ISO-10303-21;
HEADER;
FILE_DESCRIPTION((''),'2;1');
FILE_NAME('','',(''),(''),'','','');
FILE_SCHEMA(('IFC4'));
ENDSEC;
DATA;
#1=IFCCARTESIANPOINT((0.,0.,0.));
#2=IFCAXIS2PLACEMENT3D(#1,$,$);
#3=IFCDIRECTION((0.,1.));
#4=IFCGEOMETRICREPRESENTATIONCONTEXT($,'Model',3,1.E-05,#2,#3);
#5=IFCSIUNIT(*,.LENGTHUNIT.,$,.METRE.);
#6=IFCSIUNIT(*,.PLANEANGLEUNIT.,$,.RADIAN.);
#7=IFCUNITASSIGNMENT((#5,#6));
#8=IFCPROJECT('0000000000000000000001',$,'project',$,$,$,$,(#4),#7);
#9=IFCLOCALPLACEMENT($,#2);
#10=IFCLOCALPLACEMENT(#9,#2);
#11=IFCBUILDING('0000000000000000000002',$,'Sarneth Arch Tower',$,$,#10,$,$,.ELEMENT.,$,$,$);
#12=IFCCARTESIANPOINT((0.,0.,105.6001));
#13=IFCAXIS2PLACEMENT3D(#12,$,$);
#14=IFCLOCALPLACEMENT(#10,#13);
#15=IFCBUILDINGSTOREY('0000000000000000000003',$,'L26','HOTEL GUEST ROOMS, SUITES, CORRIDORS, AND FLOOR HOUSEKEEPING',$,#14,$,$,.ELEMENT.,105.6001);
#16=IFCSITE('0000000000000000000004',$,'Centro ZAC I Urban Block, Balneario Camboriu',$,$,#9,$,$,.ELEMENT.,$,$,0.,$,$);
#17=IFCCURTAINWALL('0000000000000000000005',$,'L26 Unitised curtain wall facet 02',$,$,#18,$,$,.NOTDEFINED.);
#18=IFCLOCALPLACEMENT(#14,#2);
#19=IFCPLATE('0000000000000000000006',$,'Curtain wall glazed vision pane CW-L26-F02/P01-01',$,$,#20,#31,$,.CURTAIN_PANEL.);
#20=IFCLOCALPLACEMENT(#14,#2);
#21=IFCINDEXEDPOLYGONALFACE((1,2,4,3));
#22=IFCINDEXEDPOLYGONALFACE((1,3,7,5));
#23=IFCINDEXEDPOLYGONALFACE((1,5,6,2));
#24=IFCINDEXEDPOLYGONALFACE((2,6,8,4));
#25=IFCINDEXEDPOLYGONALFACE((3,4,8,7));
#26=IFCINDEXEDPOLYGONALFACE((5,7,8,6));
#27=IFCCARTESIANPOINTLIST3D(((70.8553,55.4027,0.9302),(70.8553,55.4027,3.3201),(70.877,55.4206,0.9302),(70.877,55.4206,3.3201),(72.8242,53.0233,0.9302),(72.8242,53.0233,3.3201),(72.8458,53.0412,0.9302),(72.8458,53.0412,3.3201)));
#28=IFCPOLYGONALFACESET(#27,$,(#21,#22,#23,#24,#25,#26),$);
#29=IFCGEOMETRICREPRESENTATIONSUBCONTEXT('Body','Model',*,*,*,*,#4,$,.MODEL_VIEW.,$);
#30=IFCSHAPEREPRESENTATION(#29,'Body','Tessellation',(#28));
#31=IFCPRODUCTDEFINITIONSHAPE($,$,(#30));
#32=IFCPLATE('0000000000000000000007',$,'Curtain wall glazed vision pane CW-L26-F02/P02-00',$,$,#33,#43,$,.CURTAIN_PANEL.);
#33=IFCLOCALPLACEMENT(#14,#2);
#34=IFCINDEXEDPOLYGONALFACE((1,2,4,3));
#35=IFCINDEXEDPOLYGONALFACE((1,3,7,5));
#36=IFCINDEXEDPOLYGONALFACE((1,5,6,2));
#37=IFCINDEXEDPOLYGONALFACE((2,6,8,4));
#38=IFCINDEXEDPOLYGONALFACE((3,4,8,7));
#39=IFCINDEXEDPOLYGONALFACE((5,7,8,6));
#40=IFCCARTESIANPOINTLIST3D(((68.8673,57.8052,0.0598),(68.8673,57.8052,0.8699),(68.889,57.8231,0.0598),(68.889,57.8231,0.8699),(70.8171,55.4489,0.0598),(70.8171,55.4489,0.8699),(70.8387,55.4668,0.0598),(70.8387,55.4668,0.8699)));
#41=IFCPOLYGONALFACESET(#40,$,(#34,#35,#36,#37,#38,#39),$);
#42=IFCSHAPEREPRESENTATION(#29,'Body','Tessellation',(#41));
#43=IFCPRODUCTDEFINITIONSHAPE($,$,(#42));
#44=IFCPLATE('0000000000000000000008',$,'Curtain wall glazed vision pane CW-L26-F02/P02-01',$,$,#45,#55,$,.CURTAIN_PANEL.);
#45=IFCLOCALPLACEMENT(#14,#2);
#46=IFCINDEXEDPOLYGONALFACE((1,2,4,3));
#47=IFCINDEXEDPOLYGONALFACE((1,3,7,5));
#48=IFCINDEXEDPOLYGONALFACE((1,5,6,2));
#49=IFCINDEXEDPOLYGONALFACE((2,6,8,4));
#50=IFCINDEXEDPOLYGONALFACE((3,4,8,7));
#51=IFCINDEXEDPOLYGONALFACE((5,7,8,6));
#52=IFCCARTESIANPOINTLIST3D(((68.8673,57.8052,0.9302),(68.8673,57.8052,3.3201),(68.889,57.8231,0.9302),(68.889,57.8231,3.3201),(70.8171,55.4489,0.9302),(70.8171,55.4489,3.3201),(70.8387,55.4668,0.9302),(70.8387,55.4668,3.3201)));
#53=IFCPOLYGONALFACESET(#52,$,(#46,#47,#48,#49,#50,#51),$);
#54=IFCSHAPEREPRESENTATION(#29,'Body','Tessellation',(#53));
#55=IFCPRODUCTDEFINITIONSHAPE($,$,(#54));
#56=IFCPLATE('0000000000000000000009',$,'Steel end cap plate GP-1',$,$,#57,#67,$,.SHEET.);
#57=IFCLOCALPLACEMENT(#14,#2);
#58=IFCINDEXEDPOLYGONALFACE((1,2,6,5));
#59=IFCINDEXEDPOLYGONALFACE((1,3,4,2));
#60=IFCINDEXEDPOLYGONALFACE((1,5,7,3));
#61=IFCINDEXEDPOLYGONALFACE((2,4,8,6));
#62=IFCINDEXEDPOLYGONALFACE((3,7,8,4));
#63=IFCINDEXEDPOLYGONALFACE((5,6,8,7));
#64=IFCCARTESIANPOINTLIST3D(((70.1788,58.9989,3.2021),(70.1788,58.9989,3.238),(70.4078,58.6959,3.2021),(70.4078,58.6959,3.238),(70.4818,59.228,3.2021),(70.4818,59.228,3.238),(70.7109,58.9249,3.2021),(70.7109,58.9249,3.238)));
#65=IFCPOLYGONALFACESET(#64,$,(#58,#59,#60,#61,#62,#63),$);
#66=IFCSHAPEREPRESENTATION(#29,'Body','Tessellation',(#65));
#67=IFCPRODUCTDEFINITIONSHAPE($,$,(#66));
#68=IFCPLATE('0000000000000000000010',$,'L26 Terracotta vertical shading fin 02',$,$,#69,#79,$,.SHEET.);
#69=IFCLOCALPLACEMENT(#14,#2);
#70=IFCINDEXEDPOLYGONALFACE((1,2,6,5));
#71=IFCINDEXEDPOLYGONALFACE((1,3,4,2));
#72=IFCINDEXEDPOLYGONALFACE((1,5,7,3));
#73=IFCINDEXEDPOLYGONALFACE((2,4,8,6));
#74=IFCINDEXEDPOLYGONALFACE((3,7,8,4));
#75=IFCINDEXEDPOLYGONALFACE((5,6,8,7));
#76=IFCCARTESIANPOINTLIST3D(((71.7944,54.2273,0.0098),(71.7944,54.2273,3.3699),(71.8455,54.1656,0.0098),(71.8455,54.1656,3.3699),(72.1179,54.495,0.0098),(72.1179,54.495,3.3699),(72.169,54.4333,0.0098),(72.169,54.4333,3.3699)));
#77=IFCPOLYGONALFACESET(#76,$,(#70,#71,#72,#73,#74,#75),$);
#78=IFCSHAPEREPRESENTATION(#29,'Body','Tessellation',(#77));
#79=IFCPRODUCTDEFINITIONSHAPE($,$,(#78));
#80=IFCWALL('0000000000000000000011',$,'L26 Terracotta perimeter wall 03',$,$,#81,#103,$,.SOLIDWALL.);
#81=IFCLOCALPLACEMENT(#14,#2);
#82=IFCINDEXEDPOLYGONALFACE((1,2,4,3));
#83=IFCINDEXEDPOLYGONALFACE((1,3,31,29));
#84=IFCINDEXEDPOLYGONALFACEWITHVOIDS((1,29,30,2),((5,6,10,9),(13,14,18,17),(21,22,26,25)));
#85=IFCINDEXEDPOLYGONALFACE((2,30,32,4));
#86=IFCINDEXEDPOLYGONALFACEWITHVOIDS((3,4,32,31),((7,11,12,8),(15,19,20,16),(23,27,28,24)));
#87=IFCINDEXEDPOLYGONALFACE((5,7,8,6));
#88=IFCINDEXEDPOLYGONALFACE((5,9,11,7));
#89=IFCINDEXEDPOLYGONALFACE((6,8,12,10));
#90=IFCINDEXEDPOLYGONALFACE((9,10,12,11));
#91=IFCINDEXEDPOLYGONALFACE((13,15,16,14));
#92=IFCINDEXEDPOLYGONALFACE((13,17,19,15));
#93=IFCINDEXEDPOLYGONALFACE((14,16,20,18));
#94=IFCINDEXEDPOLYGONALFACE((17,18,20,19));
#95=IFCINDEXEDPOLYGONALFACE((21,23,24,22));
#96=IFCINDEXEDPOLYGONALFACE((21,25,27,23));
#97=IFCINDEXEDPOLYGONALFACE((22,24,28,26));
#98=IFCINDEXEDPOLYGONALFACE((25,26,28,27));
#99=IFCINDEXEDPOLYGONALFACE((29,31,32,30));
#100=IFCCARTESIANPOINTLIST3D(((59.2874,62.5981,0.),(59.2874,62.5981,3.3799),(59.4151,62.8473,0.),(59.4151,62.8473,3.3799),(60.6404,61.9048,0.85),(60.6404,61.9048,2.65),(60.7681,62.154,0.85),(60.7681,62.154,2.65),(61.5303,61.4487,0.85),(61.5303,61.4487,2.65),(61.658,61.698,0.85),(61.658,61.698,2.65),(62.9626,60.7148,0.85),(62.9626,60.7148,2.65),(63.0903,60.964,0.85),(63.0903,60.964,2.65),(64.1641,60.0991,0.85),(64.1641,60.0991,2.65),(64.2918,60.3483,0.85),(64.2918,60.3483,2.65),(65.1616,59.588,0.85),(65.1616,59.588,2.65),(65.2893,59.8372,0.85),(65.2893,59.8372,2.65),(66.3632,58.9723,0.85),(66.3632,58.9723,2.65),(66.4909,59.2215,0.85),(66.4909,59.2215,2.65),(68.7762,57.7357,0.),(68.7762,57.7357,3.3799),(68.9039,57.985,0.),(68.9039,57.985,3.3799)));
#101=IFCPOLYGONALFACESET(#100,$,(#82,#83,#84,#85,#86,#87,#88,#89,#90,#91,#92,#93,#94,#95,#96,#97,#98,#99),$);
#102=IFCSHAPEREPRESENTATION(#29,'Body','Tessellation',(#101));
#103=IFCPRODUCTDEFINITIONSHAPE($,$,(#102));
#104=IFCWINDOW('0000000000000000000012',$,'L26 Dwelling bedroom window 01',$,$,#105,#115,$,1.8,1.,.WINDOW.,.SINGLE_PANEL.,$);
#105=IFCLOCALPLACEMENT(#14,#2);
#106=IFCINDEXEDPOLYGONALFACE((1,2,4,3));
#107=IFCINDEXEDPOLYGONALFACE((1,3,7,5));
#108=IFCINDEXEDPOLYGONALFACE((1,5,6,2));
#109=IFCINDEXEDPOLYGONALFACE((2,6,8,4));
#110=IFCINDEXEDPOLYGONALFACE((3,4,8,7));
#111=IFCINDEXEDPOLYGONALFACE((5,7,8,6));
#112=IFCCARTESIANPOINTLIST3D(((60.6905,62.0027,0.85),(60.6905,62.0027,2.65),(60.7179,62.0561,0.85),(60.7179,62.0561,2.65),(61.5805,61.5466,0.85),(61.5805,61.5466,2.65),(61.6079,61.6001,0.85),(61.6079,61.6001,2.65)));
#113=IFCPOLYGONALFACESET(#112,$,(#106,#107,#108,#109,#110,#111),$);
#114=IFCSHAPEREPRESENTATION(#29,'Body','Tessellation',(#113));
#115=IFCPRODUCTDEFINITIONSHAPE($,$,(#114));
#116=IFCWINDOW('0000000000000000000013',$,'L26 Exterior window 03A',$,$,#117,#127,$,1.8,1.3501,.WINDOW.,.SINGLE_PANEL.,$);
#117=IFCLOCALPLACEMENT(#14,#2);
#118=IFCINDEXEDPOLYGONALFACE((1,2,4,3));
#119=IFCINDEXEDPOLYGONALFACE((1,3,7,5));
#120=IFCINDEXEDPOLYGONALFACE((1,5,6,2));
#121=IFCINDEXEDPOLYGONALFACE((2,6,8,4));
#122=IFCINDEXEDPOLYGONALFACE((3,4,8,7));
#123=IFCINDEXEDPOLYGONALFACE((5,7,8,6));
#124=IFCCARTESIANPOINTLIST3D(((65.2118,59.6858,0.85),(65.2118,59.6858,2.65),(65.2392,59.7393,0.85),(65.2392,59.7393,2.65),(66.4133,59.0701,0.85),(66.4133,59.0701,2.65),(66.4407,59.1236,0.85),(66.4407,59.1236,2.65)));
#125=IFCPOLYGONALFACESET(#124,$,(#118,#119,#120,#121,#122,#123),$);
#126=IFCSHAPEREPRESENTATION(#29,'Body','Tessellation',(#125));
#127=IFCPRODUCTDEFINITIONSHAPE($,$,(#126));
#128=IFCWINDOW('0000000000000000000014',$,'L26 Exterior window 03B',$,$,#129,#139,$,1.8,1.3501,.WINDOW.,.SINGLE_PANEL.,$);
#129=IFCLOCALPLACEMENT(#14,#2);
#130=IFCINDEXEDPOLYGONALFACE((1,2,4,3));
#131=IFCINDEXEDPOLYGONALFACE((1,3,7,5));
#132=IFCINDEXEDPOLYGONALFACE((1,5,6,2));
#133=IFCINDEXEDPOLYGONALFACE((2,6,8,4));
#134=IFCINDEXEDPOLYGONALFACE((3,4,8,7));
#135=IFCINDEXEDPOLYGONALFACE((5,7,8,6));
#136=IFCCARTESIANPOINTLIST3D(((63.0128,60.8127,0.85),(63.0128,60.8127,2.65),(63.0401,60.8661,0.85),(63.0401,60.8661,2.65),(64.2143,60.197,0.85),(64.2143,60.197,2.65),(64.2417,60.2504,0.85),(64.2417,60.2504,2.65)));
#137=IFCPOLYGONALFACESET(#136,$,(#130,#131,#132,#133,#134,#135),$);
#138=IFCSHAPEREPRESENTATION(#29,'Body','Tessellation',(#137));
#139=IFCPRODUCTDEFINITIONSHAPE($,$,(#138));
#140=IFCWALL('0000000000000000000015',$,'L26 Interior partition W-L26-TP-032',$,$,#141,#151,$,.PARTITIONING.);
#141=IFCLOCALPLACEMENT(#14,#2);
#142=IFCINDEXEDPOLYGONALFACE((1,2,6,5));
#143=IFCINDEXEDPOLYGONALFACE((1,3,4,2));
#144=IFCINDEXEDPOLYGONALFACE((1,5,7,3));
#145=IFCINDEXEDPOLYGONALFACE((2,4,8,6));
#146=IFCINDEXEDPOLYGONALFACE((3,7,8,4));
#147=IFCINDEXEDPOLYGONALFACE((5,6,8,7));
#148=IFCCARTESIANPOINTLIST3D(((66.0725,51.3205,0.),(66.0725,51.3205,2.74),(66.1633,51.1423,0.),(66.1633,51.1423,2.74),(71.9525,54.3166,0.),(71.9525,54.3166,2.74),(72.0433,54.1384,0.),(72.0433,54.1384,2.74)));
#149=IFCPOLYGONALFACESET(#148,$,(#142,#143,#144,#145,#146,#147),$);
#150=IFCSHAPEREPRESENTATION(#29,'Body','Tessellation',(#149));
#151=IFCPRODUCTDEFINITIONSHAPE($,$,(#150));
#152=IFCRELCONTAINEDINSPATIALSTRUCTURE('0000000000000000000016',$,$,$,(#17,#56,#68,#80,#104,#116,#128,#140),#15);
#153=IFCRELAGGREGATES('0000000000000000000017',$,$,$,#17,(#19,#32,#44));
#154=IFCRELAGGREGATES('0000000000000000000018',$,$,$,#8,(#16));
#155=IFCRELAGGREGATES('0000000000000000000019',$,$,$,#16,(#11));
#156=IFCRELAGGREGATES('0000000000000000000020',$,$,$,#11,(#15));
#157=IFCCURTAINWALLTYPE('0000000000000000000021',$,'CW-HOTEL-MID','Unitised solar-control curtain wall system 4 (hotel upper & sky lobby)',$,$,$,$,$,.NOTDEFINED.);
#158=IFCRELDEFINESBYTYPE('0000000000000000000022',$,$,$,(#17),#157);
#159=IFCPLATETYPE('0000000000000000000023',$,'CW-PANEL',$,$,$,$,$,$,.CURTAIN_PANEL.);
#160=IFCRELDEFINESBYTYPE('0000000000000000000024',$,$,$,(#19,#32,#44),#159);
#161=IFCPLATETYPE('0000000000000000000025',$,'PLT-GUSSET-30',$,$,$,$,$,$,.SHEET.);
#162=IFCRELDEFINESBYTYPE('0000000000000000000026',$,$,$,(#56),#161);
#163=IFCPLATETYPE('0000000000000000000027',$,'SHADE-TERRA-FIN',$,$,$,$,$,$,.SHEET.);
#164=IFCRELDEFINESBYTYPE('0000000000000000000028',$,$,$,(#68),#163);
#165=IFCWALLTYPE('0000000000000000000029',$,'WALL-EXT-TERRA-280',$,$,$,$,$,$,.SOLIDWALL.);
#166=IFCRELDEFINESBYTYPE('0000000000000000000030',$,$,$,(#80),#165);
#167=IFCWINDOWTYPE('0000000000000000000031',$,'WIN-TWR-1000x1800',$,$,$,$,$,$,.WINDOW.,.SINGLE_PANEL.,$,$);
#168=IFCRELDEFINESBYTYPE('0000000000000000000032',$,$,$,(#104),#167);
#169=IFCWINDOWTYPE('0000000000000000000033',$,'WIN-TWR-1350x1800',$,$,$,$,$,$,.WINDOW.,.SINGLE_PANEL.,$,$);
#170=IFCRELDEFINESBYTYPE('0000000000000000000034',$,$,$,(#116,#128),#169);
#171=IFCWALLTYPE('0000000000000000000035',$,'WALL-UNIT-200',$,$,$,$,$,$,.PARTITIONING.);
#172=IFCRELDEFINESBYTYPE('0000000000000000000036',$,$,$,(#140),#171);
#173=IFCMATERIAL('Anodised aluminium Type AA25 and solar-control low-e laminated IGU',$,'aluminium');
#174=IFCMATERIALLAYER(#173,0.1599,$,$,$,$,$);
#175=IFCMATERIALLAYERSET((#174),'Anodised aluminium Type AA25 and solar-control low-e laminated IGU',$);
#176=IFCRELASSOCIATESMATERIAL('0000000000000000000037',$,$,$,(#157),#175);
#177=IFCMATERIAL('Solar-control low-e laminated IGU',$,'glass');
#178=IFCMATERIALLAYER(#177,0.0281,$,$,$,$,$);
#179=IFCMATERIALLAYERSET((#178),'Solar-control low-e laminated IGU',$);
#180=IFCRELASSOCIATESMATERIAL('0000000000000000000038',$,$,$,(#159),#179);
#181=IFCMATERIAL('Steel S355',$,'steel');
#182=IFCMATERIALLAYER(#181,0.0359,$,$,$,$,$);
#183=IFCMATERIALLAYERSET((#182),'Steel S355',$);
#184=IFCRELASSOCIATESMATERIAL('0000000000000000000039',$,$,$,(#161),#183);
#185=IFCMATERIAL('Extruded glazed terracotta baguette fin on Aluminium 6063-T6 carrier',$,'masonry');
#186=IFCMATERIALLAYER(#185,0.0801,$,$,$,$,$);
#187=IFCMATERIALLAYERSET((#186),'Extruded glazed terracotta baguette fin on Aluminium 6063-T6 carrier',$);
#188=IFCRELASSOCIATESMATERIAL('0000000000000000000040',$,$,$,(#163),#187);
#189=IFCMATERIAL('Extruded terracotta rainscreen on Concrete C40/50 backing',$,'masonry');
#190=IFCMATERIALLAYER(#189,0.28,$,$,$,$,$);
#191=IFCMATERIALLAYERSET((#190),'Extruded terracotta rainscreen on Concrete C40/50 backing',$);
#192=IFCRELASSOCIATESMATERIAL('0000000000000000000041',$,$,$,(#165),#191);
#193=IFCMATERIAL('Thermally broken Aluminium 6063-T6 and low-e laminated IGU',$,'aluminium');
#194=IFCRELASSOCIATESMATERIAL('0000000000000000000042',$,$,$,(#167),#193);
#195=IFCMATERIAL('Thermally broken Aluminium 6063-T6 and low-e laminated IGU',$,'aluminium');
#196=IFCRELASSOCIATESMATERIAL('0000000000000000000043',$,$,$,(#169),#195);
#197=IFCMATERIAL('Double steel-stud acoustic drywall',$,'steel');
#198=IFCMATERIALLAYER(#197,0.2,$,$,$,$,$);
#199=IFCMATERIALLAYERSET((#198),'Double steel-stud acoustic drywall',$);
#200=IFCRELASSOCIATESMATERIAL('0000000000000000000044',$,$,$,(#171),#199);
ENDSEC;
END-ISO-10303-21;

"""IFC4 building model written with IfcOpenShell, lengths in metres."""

from ifc_helpers import new_model, si_unit, direction, frame, frame_2d, origin, origin_2d, place, context, subcontext, project, spatial, rectangle, extrude, material, layer, layer_set, type_object, element, fill, aggregate, save


model = new_model("IFC4")

# Units and contexts
model_context = context("Model", 3, precision=1e-05, world=origin(), true_north=direction((0.0, 1.0)))
body_context = subcontext(model_context, "Body", "Model", "MODEL_VIEW")
ifc_project = project(units=[si_unit("LENGTHUNIT", "METRE"), si_unit("PLANEANGLEUNIT", "RADIAN")], contexts=[model_context])

# Site, building, storey
site_placement = place(None, origin())
site = spatial("IfcSite", under=ifc_project, at=site_placement, Name="Centro ZAC I Urban Block, Balneario Camboriu", CompositionType="ELEMENT", RefElevation=0.0)
building_placement = place(site_placement, origin())
building = spatial("IfcBuilding", under=site, at=building_placement, Name="Sarneth Arch Tower", CompositionType="ELEMENT")
storey_placement = place(building_placement, frame((0.0, 0.0, 105.6001)))
storey = spatial("IfcBuildingStorey", under=building, at=storey_placement, Name="L26", Description="HOTEL GUEST ROOMS, SUITES, CORRIDORS, AND FLOOR HOUSEKEEPING", CompositionType="ELEMENT", Elevation=105.6001)

# Curtain wall
ifc_material_1 = material(Name="Anodised aluminium Type AA25 and solar-control low-e laminated IGU", Category="aluminium")
ifc_layer_1 = layer(ifc_material_1, 0.1599)
ifc_layer_set_1 = layer_set([ifc_layer_1], Name="Anodised aluminium Type AA25 and solar-control low-e laminated IGU")
curtain_wall_type = type_object("IfcCurtainWallType", Name="CW-HOTEL-MID", Description="Unitised solar-control curtain wall system 4 (hotel upper & sky lobby)", PredefinedType="NOTDEFINED", material=ifc_layer_set_1)
curtain_wall_placement = place(storey_placement, origin())
curtain_wall = element("IfcCurtainWall", 1, at=curtain_wall_placement, inside=storey, type_object=curtain_wall_type, Name="L26 Unitised curtain wall facet 02", PredefinedType="NOTDEFINED")

# Plates
ifc_material_2 = material(Name="Solar-control low-e laminated IGU", Category="glass")
ifc_layer_2 = layer(ifc_material_2, 0.0281)
ifc_layer_set_2 = layer_set([ifc_layer_2], Name="Solar-control low-e laminated IGU")
plate_type_1 = type_object("IfcPlateType", Name="CW-PANEL", PredefinedType="CURTAIN_PANEL", material=ifc_layer_set_2)
plate_1_placement = place(storey_placement, frame((71.8506, 54.2219, 0.9302), z_axis=(0.0, 0.0, 1.0), x_axis=(-0.637515, 0.770438, 0.0)))
plate_1 = element("IfcPlate", 2, at=plate_1_placement, type_object=plate_type_1, Name="Curtain wall glazed vision pane CW-L26-F02/P01-01", PredefinedType="CURTAIN_PANEL", context=body_context, shape_type="SweptSolid", body=[
    extrude(rectangle(XDim=3.0884, YDim=0.0281, at=origin_2d()), origin(), (0.0, 0.0, 1.0), 2.3899),
])
plate_2_placement = place(storey_placement, frame((69.853, 56.636, 0.0598), z_axis=(0.0, 0.0, 1.0), x_axis=(-0.637515, 0.770438, 0.0)))
plate_2 = element("IfcPlate", 3, at=plate_2_placement, type_object=plate_type_1, Name="Curtain wall glazed vision pane CW-L26-F02/P02-00", PredefinedType="CURTAIN_PANEL", context=body_context, shape_type="SweptSolid", body=[
    extrude(rectangle(XDim=3.0583, YDim=0.0281, at=origin_2d()), origin(), (0.0, 0.0, 1.0), 0.8101),
])
plate_3_placement = place(storey_placement, frame((69.853, 56.636, 0.9302), z_axis=(0.0, 0.0, 1.0), x_axis=(-0.637515, 0.770438, 0.0)))
plate_3 = element("IfcPlate", 4, at=plate_3_placement, type_object=plate_type_1, Name="Curtain wall glazed vision pane CW-L26-F02/P02-01", PredefinedType="CURTAIN_PANEL", context=body_context, shape_type="SweptSolid", body=[
    extrude(rectangle(XDim=3.0583, YDim=0.0281, at=origin_2d()), origin(), (0.0, 0.0, 1.0), 2.3899),
])
aggregate(curtain_wall, [plate_1, plate_2, plate_3])

# Plates
ifc_material_3 = material(Name="Steel S355", Category="steel")
ifc_layer_3 = layer(ifc_material_3, 0.0359)
ifc_layer_set_3 = layer_set([ifc_layer_3], Name="Steel S355")
plate_type_2 = type_object("IfcPlateType", Name="PLT-GUSSET-30", PredefinedType="SHEET", material=ifc_layer_set_3)
plate_4_placement = place(storey_placement, frame((70.4448, 58.9619, 3.2021), z_axis=(0.0, 0.0, 1.0), x_axis=(0.797794, 0.60293, 0.0)))
element("IfcPlate", 5, at=plate_4_placement, inside=storey, type_object=plate_type_2, Name="Steel end cap plate GP-1", PredefinedType="SHEET", context=body_context, shape_type="SweptSolid", body=[
    extrude(rectangle(XDim=0.3799, YDim=0.3799, at=origin_2d()), origin(), (0.0, 0.0, 1.0), 0.0359),
])
ifc_material_4 = material(Name="Extruded glazed terracotta baguette fin on Aluminium 6063-T6 carrier", Category="masonry")
ifc_layer_4 = layer(ifc_material_4, 0.0801)
ifc_layer_set_4 = layer_set([ifc_layer_4], Name="Extruded glazed terracotta baguette fin on Aluminium 6063-T6 carrier")
plate_type_3 = type_object("IfcPlateType", Name="SHADE-TERRA-FIN", PredefinedType="SHEET", material=ifc_layer_set_4)
plate_5_placement = place(storey_placement, frame((71.9817, 54.3303, 0.0098), z_axis=(0.0, 0.0, 1.0), x_axis=(0.770402, 0.637558, 0.0)))
element("IfcPlate", 6, at=plate_5_placement, inside=storey, type_object=plate_type_3, Name="L26 Terracotta vertical shading fin 02", PredefinedType="SHEET", context=body_context, shape_type="SweptSolid", body=[
    extrude(rectangle(XDim=0.4199, YDim=0.0801, at=origin_2d()), origin(), (0.0, 0.0, 1.0), 3.3601),
])

# Wall, openings, windows
ifc_material_5 = material(Name="Extruded terracotta rainscreen on Concrete C40/50 backing", Category="masonry")
ifc_layer_5 = layer(ifc_material_5, 0.28)
ifc_layer_set_5 = layer_set([ifc_layer_5], Name="Extruded terracotta rainscreen on Concrete C40/50 backing")
wall_type_1 = type_object("IfcWallType", Name="WALL-EXT-TERRA-280", PredefinedType="SOLIDWALL", material=ifc_layer_set_5)
wall_1_placement = place(storey_placement, frame((68.8401, 57.8604, 0.0), z_axis=(0.0, 0.0, 1.0), x_axis=(-0.88996, 0.45604, 0.0)))
wall_1 = element("IfcWall", 7, at=wall_1_placement, inside=storey, type_object=wall_type_1, Name="L26 Terracotta perimeter wall 03", PredefinedType="SOLIDWALL", context=body_context, shape_type="SweptSolid", body=[
    extrude(rectangle(XDim=10.6621, YDim=0.28, at=frame_2d((5.3311, 0.0))), origin(), (0.0, 0.0, 1.0), 3.3799),
])
opening_1_placement = place(wall_1_placement, frame((2.7114, 0.0, 0.8501)))
opening_1 = element("IfcOpeningElement", 8, at=opening_1_placement, cuts=wall_1, PredefinedType="OPENING", context=body_context, shape_type="SweptSolid", body=[
    extrude(rectangle(XDim=1.3501, YDim=1.8, at=frame_2d((0.675, 0.8999))), frame((0.0, 0.1499, 0.0), z_axis=(0.0, -1.0, 0.0), x_axis=(1.0, 0.0, 0.0)), (0.0, 0.0, 1.0), 0.3),
])
opening_2_placement = place(wall_1_placement, frame((5.1824, 0.0, 0.8501)))
opening_2 = element("IfcOpeningElement", 9, at=opening_2_placement, cuts=wall_1, PredefinedType="OPENING", context=body_context, shape_type="SweptSolid", body=[
    extrude(rectangle(XDim=1.3501, YDim=1.8, at=frame_2d((0.675, 0.8999))), frame((0.0, 0.1499, 0.0), z_axis=(0.0, -1.0, 0.0), x_axis=(1.0, 0.0, 0.0)), (0.0, 0.0, 1.0), 0.3),
])
opening_3_placement = place(wall_1_placement, frame((8.1418, 0.0, 0.8501)))
opening_3 = element("IfcOpeningElement", 10, at=opening_3_placement, cuts=wall_1, PredefinedType="OPENING", context=body_context, shape_type="SweptSolid", body=[
    extrude(rectangle(XDim=1.0, YDim=1.8, at=frame_2d((0.5, 0.8999))), frame((0.0, 0.1499, 0.0), z_axis=(0.0, -1.0, 0.0), x_axis=(1.0, 0.0, 0.0)), (0.0, 0.0, 1.0), 0.3),
])
ifc_material_6 = material(Name="Thermally broken Aluminium 6063-T6 and low-e laminated IGU", Category="aluminium")
window_type_1 = type_object("IfcWindowType", Name="WIN-TWR-1000x1800", PartitioningType="SINGLE_PANEL", PredefinedType="WINDOW", material=ifc_material_6)
window_1_placement = place(opening_3_placement, origin())
window_1 = element("IfcWindow", 11, at=window_1_placement, inside=storey, type_object=window_type_1, Name="L26 Dwelling bedroom window 01", OverallHeight=1.8, OverallWidth=1.0, PartitioningType="SINGLE_PANEL", PredefinedType="WINDOW", context=body_context, shape_type="SweptSolid", body=[
    extrude(rectangle(XDim=1.0, YDim=1.8, at=frame_2d((0.5, 0.8999))), frame((0.0, 0.03, 0.0), z_axis=(0.0, -1.0, 0.0), x_axis=(1.0, 0.0, 0.0)), (0.0, 0.0, 1.0), 0.0601),
])
fill(opening_3, window_1)
ifc_material_7 = material(Name="Thermally broken Aluminium 6063-T6 and low-e laminated IGU", Category="aluminium")
window_type_2 = type_object("IfcWindowType", Name="WIN-TWR-1350x1800", PartitioningType="SINGLE_PANEL", PredefinedType="WINDOW", material=ifc_material_7)
window_2_placement = place(opening_1_placement, origin())
window_2 = element("IfcWindow", 12, at=window_2_placement, inside=storey, type_object=window_type_2, Name="L26 Exterior window 03A", OverallHeight=1.8, OverallWidth=1.3501, PartitioningType="SINGLE_PANEL", PredefinedType="WINDOW", context=body_context, shape_type="SweptSolid", body=[
    extrude(rectangle(XDim=1.3501, YDim=1.8, at=frame_2d((0.675, 0.8999))), frame((0.0, 0.03, 0.0), z_axis=(0.0, -1.0, 0.0), x_axis=(1.0, 0.0, 0.0)), (0.0, 0.0, 1.0), 0.0601),
])
fill(opening_1, window_2)
window_3_placement = place(opening_2_placement, origin())
window_3 = element("IfcWindow", 13, at=window_3_placement, inside=storey, type_object=window_type_2, Name="L26 Exterior window 03B", OverallHeight=1.8, OverallWidth=1.3501, PartitioningType="SINGLE_PANEL", PredefinedType="WINDOW", context=body_context, shape_type="SweptSolid", body=[
    extrude(rectangle(XDim=1.3501, YDim=1.8, at=frame_2d((0.675, 0.8999))), frame((0.0, 0.03, 0.0), z_axis=(0.0, -1.0, 0.0), x_axis=(1.0, 0.0, 0.0)), (0.0, 0.0, 1.0), 0.0601),
])
fill(opening_2, window_3)

# Wall
ifc_material_8 = material(Name="Double steel-stud acoustic drywall", Category="steel")
ifc_layer_6 = layer(ifc_material_8, 0.2)
ifc_layer_set_6 = layer_set([ifc_layer_6], Name="Double steel-stud acoustic drywall")
wall_type_2 = type_object("IfcWallType", Name="WALL-UNIT-200", PredefinedType="PARTITIONING", material=ifc_layer_set_6)
wall_2_placement = place(storey_placement, frame((71.998, 54.2275, 0.0), z_axis=(0.0, 0.0, 1.0), x_axis=(-0.891005, -0.453993, 0.0)))
element("IfcWall", 14, at=wall_2_placement, inside=storey, type_object=wall_type_2, Name="L26 Interior partition W-L26-TP-032", PredefinedType="PARTITIONING", context=body_context, shape_type="SweptSolid", body=[
    extrude(rectangle(XDim=6.5994, YDim=0.2, at=frame_2d((3.2998, 0.0))), origin(), (0.0, 0.0, 1.0), 2.74),
])

save(model, "model.ifc")
